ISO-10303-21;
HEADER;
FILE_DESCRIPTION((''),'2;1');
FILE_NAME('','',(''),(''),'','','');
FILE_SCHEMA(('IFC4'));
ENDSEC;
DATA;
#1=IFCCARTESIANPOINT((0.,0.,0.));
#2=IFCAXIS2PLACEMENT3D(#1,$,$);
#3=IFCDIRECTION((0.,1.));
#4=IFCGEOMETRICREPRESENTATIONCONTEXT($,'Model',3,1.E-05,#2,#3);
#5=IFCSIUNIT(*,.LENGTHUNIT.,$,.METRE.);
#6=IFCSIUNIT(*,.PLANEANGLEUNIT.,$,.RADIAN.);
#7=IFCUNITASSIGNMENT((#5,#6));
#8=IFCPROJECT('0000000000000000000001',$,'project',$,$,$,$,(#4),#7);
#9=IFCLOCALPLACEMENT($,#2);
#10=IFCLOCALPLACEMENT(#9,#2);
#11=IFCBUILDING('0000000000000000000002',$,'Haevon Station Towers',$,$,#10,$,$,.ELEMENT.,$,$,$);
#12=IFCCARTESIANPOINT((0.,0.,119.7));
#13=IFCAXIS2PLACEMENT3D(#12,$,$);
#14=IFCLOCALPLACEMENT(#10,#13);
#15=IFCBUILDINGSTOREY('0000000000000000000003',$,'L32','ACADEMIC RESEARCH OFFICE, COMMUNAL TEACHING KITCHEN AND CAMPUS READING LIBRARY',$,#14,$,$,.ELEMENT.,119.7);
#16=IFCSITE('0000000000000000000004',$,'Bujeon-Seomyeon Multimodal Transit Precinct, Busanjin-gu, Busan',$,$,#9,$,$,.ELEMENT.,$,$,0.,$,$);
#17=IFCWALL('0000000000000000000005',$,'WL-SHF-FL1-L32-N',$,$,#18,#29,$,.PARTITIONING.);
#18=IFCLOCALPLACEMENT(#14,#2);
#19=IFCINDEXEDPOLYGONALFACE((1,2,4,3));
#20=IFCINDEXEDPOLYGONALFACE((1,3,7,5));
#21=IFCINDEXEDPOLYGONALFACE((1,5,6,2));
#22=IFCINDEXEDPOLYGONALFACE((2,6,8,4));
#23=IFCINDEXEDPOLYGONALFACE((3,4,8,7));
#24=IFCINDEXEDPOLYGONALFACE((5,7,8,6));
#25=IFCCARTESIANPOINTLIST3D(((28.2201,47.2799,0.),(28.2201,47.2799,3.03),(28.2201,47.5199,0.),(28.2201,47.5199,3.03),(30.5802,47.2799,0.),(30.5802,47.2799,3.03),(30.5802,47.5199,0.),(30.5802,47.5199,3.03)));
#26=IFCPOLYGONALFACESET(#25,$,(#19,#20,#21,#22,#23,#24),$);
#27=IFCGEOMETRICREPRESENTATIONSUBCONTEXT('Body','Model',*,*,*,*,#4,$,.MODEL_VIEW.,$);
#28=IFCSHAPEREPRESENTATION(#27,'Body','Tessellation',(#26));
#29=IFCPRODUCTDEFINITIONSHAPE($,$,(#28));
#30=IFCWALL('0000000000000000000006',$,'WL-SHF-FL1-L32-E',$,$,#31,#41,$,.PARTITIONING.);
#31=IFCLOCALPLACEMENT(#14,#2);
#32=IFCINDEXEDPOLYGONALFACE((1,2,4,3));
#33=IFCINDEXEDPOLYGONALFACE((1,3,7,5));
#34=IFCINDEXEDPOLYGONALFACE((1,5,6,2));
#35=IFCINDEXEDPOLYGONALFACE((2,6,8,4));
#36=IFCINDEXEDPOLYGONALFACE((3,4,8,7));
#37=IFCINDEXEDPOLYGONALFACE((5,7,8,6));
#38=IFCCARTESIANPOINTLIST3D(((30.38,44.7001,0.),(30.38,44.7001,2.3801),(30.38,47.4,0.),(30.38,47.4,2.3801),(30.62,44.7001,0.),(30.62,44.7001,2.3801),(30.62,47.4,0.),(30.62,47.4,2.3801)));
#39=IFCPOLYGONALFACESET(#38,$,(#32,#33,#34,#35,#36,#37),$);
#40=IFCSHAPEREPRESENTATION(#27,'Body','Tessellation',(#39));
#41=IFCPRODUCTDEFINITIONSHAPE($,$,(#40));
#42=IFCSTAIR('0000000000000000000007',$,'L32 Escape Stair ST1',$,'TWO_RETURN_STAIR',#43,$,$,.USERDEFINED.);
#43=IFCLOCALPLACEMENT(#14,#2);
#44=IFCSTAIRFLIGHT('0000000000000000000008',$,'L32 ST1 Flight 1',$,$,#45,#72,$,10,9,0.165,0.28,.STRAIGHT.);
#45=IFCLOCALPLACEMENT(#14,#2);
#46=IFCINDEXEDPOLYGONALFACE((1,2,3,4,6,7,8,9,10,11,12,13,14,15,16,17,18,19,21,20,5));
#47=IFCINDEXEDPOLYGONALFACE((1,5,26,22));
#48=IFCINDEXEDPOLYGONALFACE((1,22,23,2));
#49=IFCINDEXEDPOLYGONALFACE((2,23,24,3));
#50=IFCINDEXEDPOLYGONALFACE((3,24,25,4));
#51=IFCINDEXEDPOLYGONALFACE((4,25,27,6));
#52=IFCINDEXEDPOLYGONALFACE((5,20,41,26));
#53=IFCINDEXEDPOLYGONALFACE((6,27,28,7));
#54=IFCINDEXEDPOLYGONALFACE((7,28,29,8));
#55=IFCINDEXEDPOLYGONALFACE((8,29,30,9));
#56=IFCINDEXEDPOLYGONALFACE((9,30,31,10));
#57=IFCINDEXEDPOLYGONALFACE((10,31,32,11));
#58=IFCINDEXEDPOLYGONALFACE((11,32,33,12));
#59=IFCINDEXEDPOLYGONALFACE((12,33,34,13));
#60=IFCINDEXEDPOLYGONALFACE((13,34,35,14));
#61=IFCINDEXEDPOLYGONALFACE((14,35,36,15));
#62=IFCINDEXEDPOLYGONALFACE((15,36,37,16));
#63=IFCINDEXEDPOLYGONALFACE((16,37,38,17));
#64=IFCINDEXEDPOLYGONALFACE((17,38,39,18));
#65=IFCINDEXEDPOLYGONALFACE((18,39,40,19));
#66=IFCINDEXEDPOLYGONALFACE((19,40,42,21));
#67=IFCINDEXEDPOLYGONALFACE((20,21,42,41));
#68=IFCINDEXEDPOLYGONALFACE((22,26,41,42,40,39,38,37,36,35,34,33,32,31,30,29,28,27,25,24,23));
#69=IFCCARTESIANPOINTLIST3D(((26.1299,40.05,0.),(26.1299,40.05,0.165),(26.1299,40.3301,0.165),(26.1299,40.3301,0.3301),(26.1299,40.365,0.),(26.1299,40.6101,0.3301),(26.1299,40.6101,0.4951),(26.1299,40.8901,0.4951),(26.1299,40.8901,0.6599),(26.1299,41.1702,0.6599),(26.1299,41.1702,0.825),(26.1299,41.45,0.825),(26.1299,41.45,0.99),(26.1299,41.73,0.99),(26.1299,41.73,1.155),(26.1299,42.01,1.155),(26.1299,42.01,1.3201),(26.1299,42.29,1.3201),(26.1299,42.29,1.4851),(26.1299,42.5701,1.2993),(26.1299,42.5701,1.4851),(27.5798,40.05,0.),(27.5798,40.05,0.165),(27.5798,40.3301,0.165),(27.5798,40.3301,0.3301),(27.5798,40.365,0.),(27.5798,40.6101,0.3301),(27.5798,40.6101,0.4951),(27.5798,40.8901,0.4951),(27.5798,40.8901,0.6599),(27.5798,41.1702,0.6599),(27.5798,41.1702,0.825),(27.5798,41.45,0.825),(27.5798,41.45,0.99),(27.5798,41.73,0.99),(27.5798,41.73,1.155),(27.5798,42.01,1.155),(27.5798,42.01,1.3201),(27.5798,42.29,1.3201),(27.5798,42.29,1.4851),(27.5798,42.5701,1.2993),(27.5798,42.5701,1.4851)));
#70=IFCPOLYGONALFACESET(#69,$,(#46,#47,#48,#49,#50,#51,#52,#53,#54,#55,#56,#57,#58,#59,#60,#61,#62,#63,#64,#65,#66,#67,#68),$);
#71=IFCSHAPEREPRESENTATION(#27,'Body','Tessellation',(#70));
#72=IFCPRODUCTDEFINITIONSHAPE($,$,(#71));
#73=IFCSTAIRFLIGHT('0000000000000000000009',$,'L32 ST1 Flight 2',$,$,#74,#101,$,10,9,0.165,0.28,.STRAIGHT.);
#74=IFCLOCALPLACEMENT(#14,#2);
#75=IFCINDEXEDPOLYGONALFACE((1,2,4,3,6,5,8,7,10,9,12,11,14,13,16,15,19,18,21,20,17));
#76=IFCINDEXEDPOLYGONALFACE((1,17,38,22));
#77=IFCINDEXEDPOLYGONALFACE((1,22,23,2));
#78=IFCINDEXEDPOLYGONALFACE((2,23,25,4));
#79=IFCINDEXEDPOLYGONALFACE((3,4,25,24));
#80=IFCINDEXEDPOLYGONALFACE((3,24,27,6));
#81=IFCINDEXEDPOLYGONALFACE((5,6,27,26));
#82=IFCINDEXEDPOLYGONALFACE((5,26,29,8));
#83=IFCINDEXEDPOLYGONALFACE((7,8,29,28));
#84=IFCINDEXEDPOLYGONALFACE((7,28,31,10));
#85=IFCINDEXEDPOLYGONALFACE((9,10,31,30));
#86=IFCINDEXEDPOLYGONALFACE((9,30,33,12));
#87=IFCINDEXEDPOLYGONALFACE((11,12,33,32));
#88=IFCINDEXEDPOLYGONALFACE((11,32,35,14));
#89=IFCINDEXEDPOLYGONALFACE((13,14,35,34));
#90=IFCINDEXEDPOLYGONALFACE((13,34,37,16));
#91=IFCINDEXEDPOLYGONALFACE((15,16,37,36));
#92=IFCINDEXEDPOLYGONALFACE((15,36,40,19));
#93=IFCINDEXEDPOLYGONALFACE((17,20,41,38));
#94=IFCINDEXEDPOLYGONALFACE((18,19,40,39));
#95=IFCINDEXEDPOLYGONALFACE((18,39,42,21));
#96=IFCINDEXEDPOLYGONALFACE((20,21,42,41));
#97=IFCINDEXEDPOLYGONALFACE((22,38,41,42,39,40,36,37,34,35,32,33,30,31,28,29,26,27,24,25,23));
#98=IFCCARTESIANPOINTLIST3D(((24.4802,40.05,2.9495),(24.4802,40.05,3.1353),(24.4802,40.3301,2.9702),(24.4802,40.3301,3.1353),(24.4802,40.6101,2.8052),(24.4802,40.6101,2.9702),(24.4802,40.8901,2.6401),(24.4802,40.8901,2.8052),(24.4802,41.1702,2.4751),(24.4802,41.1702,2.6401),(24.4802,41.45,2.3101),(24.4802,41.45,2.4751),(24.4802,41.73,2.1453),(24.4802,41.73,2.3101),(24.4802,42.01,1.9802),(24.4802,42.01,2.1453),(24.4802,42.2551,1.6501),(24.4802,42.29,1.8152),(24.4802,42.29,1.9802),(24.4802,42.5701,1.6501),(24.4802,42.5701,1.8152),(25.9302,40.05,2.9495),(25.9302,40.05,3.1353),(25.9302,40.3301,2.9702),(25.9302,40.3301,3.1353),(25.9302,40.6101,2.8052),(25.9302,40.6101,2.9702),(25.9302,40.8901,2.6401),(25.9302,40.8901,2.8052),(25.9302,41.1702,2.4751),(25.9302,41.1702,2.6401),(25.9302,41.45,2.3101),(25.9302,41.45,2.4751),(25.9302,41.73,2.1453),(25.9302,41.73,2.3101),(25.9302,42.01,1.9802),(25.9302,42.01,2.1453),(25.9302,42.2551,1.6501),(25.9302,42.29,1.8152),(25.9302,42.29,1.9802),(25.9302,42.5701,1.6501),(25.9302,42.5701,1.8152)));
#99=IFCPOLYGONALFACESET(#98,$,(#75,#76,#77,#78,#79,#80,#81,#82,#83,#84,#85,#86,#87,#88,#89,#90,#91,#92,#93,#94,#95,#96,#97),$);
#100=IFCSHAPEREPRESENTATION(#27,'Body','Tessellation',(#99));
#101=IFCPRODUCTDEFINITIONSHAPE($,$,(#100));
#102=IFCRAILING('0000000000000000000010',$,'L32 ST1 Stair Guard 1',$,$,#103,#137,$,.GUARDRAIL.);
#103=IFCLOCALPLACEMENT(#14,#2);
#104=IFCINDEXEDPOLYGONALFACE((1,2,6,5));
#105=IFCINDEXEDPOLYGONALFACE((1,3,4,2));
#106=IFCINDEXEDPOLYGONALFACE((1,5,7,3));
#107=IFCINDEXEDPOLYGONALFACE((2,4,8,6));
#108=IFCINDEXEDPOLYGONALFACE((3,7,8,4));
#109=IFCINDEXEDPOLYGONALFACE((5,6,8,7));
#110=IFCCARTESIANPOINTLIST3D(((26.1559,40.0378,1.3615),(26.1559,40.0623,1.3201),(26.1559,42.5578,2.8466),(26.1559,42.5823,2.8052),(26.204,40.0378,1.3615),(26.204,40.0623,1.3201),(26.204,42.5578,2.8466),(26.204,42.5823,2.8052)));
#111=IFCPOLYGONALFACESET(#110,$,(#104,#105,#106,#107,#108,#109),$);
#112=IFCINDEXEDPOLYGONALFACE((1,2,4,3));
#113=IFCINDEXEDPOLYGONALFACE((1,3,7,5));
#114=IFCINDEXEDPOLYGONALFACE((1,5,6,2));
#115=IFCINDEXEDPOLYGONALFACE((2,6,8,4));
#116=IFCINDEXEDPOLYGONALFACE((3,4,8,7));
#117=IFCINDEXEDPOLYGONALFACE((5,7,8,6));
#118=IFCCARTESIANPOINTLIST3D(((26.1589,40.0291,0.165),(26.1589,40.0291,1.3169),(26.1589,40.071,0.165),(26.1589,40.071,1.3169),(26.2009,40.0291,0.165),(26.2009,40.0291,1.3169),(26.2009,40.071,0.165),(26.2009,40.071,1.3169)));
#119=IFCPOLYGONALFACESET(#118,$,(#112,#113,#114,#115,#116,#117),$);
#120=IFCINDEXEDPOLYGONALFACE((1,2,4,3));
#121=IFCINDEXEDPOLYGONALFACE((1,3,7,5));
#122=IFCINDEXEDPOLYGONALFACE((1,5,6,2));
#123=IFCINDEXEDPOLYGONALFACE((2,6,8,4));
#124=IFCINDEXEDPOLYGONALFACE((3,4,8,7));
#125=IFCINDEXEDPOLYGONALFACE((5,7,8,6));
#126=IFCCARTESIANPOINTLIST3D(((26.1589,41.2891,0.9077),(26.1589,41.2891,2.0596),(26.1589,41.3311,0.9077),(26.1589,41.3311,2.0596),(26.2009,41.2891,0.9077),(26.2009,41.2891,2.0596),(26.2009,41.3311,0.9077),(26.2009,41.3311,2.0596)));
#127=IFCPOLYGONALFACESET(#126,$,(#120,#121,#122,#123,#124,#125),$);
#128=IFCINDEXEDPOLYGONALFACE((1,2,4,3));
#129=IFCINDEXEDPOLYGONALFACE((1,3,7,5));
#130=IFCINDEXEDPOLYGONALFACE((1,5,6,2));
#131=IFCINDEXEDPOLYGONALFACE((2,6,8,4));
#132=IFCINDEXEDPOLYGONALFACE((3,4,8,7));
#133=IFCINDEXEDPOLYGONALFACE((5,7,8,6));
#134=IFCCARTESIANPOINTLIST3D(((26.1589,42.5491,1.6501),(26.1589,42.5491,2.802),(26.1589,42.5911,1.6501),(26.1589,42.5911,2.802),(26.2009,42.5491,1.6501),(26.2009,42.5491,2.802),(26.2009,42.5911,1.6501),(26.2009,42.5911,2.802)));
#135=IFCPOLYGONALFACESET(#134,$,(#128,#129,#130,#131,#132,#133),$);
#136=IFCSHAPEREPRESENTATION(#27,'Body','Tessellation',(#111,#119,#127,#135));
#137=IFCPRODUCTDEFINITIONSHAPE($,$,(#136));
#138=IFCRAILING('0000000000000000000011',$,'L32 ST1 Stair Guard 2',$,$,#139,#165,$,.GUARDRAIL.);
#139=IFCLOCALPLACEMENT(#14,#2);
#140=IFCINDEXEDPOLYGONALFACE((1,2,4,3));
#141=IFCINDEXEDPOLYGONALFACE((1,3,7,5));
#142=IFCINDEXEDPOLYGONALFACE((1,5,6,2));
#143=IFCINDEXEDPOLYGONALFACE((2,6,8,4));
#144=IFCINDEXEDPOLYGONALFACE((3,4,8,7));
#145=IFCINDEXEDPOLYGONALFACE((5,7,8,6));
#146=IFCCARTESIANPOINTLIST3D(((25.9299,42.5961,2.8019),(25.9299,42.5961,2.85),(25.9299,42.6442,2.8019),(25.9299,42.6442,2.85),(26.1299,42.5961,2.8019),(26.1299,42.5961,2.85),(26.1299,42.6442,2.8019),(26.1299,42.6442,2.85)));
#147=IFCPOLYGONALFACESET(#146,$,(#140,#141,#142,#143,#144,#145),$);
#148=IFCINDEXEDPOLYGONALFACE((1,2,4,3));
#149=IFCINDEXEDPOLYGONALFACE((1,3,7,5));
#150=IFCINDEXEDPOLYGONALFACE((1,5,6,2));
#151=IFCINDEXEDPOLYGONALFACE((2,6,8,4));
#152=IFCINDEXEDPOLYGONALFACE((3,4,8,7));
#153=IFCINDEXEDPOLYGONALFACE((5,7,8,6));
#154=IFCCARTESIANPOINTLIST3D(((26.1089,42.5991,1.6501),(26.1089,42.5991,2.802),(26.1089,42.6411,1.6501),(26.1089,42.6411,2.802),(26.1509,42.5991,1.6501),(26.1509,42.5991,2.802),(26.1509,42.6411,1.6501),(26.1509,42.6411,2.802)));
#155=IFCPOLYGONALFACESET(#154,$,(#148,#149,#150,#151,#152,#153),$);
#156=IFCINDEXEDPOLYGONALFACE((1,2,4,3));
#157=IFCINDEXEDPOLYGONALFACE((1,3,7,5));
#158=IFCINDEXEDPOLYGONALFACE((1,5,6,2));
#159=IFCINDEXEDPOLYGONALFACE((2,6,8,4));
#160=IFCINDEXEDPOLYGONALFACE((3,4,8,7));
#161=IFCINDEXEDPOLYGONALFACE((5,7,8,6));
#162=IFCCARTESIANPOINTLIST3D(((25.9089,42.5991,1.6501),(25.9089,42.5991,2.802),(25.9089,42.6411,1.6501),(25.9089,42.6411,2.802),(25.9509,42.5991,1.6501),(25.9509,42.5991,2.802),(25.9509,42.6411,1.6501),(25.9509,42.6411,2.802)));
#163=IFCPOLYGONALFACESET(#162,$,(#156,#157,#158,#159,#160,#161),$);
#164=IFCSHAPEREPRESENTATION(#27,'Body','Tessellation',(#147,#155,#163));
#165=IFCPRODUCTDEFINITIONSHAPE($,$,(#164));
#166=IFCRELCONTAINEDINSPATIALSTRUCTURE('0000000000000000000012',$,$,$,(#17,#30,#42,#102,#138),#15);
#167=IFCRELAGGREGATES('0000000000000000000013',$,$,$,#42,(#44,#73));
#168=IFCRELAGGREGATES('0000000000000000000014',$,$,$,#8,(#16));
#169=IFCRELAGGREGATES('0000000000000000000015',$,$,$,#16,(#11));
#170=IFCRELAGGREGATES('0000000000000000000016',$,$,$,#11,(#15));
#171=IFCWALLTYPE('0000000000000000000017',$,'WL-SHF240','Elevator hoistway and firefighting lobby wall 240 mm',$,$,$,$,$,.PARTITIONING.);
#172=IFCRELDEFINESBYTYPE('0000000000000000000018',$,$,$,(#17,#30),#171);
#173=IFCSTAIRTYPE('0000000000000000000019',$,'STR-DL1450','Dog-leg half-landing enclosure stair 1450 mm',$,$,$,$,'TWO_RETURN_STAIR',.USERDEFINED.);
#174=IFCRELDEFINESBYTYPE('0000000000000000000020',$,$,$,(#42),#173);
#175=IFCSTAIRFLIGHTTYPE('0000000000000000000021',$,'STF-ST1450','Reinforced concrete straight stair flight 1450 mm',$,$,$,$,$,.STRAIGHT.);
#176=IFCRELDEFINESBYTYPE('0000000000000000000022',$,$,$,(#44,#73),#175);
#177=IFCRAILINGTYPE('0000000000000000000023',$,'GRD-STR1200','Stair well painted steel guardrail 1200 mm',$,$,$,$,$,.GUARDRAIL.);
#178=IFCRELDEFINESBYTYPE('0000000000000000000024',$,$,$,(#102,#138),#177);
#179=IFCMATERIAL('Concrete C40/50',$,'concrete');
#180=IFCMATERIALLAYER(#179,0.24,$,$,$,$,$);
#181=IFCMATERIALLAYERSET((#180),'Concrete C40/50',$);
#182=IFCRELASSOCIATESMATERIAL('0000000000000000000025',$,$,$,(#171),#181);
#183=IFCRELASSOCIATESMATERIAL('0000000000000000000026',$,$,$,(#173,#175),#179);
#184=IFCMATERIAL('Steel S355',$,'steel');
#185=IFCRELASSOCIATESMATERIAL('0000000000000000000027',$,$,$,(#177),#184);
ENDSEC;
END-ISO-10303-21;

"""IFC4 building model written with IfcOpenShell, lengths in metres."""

from ifc_helpers import new_model, si_unit, direction, frame, frame_2d, origin, origin_2d, place, context, subcontext, project, spatial, polyline, rectangle, outline, extrude, material, layer, layer_set, type_object, element, aggregate, save


model = new_model("IFC4")

# Units and contexts
model_context = context("Model", 3, precision=1e-05, world=origin(), true_north=direction((0.0, 1.0)))
body_context = subcontext(model_context, "Body", "Model", "MODEL_VIEW")
ifc_project = project(units=[si_unit("LENGTHUNIT", "METRE"), si_unit("PLANEANGLEUNIT", "RADIAN")], contexts=[model_context])

# Site, building, storey
site_placement = place(None, origin())
site = spatial("IfcSite", under=ifc_project, at=site_placement, Name="Bujeon-Seomyeon Multimodal Transit Precinct, Busanjin-gu, Busan", CompositionType="ELEMENT", RefElevation=0.0)
building_placement = place(site_placement, origin())
building = spatial("IfcBuilding", under=site, at=building_placement, Name="Haevon Station Towers", CompositionType="ELEMENT")
storey_placement = place(building_placement, frame((0.0, 0.0, 119.7)))
storey = spatial("IfcBuildingStorey", under=building, at=storey_placement, Name="L32", Description="ACADEMIC RESEARCH OFFICE, COMMUNAL TEACHING KITCHEN AND CAMPUS READING LIBRARY", CompositionType="ELEMENT", Elevation=119.7)

# Shared definitions
ifc_material_1 = material(Name="Steel S355", Category="steel")

# Shared definitions
ifc_material_2 = material(Name="Concrete C40/50", Category="concrete")
ifc_layer_1 = layer(ifc_material_2, 0.24)
ifc_layer_set_1 = layer_set([ifc_layer_1], Name="Concrete C40/50")
wall_type_1 = type_object("IfcWallType", Name="WL-SHF240", Description="Elevator hoistway and firefighting lobby wall 240 mm", PredefinedType="PARTITIONING", material=ifc_layer_set_1)

# Walls
wall_1_placement = place(storey_placement, frame((28.22, 47.3999, 0.0), z_axis=(0.0, 0.0, 1.0), x_axis=(1.0, 0.0, 0.0)))
element("IfcWall", 1, at=wall_1_placement, inside=storey, type_object=wall_type_1, Name="WL-SHF-FL1-L32-N", PredefinedType="PARTITIONING", context=body_context, shape_type="SweptSolid", body=[
    extrude(rectangle(XDim=2.3601, YDim=0.24, at=frame_2d((1.1802, 0.0))), origin(), (0.0, 0.0, 1.0), 3.03),
])
wall_2_placement = place(storey_placement, frame((30.5, 44.7, 0.0), z_axis=(0.0, 0.0, 1.0), x_axis=(0.0, 1.0, 0.0)))
element("IfcWall", 2, at=wall_2_placement, inside=storey, type_object=wall_type_1, Name="WL-SHF-FL1-L32-E", PredefinedType="PARTITIONING", context=body_context, shape_type="SweptSolid", body=[
    extrude(rectangle(XDim=2.7, YDim=0.24, at=frame_2d((1.3501, 0.0))), origin(), (0.0, 0.0, 1.0), 2.3801),
])

# Stair, stair flights
stair_type = type_object("IfcStairType", Name="STR-DL1450", Description="Dog-leg half-landing enclosure stair 1450 mm", ElementType="TWO_RETURN_STAIR", PredefinedType="USERDEFINED", material=ifc_material_2)
stair_placement = place(storey_placement, origin())
stair = element("IfcStair", 3, at=stair_placement, inside=storey, type_object=stair_type, Name="L32 Escape Stair ST1", ObjectType="TWO_RETURN_STAIR", PredefinedType="USERDEFINED")
stair_flight_type = type_object("IfcStairFlightType", Name="STF-ST1450", Description="Reinforced concrete straight stair flight 1450 mm", PredefinedType="STRAIGHT", material=ifc_material_2)
stair_flight_1_placement = place(storey_placement, frame((26.855, 40.05, 0.0), z_axis=(0.0, 0.0, 1.0), x_axis=(0.0, 1.0, 0.0)))
stair_flight_1 = element("IfcStairFlight", 4, at=stair_flight_1_placement, type_object=stair_flight_type, Name="L32 ST1 Flight 1", NumberOfRisers=10, NumberOfTreads=9, PredefinedType="STRAIGHT", RiserHeight=0.165, TreadLength=0.28, context=body_context, shape_type="SweptSolid", body=[
    extrude(outline(polyline([(0.0, 0.0), (0.0, 0.165), (0.28, 0.165), (0.28, 0.3301), (0.5601, 0.3301), (0.5601, 0.4951), (0.8401, 0.4951), (0.8401, 0.6599), (1.1201, 0.6599), (1.1201, 0.825), (1.3999, 0.825), (1.3999, 0.99), (1.6799, 0.99), (1.6799, 1.155), (1.96, 1.155), (1.96, 1.3201), (2.24, 1.3201), (2.24, 1.4851), (2.52, 1.4851), (2.52, 1.6499), (2.52, 1.2993), (0.3149, 0.0), (0.0, 0.0)])), frame((0.0, 0.7251, 0.0), z_axis=(0.0, -1.0, 0.0), x_axis=(1.0, 0.0, 0.0)), (0.0, 0.0, 1.0), 1.45),
])
stair_flight_2_placement = place(storey_placement, frame((25.2051, 42.5701, 1.6501), z_axis=(0.0, 0.0, 1.0), x_axis=(0.0, -1.0, 0.0)))
stair_flight_2 = element("IfcStairFlight", 5, at=stair_flight_2_placement, type_object=stair_flight_type, Name="L32 ST1 Flight 2", NumberOfRisers=10, NumberOfTreads=9, PredefinedType="STRAIGHT", RiserHeight=0.165, TreadLength=0.28, context=body_context, shape_type="SweptSolid", body=[
    extrude(outline(polyline([(0.0, 0.0), (0.0, 0.165), (0.28, 0.165), (0.28, 0.3301), (0.5601, 0.3301), (0.5601, 0.4951), (0.8401, 0.4951), (0.8401, 0.6599), (1.1201, 0.6599), (1.1201, 0.825), (1.3999, 0.825), (1.3999, 0.99), (1.6799, 0.99), (1.6799, 1.155), (1.96, 1.155), (1.96, 1.3201), (2.24, 1.3201), (2.24, 1.4851), (2.52, 1.4851), (2.52, 1.6499), (2.52, 1.2993), (0.3149, 0.0), (0.0, 0.0)])), frame((0.0, 0.7251, 0.0), z_axis=(0.0, -1.0, 0.0), x_axis=(1.0, 0.0, 0.0)), (0.0, 0.0, 1.0), 1.45),
])
aggregate(stair, [stair_flight_1, stair_flight_2])

# Railings
railing_type_1 = type_object("IfcRailingType", Name="GRD-STR1200", Description="Stair well painted steel guardrail 1200 mm", PredefinedType="GUARDRAIL", material=ifc_material_1)
railing_1_placement = place(storey_placement, frame((26.1799, 40.05, 0.165)))
element("IfcRailing", 6, at=railing_1_placement, inside=storey, type_object=railing_type_1, Name="L32 ST1 Stair Guard 1", PredefinedType="GUARDRAIL", context=body_context, shape_type="SweptSolid", body=[
    extrude(rectangle(XDim=0.0481, YDim=0.0481, at=origin_2d()), frame((0.0, 0.0, 1.1758), z_axis=(0.0, 0.861524, 0.507717), x_axis=(-1.0, 0.0, 0.0)), (0.0, 0.0, 1.0), 2.925),
    extrude(rectangle(XDim=0.042, YDim=0.042, at=origin_2d()), origin(), (0.0, 0.0, 1.0), 1.1519),
    extrude(rectangle(XDim=0.042, YDim=0.042, at=origin_2d()), frame((0.0, 1.26, 0.7427)), (0.0, 0.0, 1.0), 1.1519),
    extrude(rectangle(XDim=0.042, YDim=0.042, at=origin_2d()), frame((0.0, 2.52, 1.4851)), (0.0, 0.0, 1.0), 1.1519),
])
railing_2_placement = place(storey_placement, frame((26.1299, 42.6201, 1.6501)))
element("IfcRailing", 7, at=railing_2_placement, inside=storey, type_object=railing_type_1, Name="L32 ST1 Stair Guard 2", PredefinedType="GUARDRAIL", context=body_context, shape_type="SweptSolid", body=[
    extrude(rectangle(XDim=0.0481, YDim=0.0481, at=origin_2d()), frame((0.0, 0.0, 1.1758), z_axis=(-1.0, 0.0, 0.0), x_axis=(0.0, -1.0, 0.0)), (0.0, 0.0, 1.0), 0.2),
    extrude(rectangle(XDim=0.042, YDim=0.042, at=origin_2d()), origin(), (0.0, 0.0, 1.0), 1.1519),
    extrude(rectangle(XDim=0.042, YDim=0.042, at=origin_2d()), frame((-0.2, 0.0, 0.0)), (0.0, 0.0, 1.0), 1.1519),
])

save(model, "model.ifc")
